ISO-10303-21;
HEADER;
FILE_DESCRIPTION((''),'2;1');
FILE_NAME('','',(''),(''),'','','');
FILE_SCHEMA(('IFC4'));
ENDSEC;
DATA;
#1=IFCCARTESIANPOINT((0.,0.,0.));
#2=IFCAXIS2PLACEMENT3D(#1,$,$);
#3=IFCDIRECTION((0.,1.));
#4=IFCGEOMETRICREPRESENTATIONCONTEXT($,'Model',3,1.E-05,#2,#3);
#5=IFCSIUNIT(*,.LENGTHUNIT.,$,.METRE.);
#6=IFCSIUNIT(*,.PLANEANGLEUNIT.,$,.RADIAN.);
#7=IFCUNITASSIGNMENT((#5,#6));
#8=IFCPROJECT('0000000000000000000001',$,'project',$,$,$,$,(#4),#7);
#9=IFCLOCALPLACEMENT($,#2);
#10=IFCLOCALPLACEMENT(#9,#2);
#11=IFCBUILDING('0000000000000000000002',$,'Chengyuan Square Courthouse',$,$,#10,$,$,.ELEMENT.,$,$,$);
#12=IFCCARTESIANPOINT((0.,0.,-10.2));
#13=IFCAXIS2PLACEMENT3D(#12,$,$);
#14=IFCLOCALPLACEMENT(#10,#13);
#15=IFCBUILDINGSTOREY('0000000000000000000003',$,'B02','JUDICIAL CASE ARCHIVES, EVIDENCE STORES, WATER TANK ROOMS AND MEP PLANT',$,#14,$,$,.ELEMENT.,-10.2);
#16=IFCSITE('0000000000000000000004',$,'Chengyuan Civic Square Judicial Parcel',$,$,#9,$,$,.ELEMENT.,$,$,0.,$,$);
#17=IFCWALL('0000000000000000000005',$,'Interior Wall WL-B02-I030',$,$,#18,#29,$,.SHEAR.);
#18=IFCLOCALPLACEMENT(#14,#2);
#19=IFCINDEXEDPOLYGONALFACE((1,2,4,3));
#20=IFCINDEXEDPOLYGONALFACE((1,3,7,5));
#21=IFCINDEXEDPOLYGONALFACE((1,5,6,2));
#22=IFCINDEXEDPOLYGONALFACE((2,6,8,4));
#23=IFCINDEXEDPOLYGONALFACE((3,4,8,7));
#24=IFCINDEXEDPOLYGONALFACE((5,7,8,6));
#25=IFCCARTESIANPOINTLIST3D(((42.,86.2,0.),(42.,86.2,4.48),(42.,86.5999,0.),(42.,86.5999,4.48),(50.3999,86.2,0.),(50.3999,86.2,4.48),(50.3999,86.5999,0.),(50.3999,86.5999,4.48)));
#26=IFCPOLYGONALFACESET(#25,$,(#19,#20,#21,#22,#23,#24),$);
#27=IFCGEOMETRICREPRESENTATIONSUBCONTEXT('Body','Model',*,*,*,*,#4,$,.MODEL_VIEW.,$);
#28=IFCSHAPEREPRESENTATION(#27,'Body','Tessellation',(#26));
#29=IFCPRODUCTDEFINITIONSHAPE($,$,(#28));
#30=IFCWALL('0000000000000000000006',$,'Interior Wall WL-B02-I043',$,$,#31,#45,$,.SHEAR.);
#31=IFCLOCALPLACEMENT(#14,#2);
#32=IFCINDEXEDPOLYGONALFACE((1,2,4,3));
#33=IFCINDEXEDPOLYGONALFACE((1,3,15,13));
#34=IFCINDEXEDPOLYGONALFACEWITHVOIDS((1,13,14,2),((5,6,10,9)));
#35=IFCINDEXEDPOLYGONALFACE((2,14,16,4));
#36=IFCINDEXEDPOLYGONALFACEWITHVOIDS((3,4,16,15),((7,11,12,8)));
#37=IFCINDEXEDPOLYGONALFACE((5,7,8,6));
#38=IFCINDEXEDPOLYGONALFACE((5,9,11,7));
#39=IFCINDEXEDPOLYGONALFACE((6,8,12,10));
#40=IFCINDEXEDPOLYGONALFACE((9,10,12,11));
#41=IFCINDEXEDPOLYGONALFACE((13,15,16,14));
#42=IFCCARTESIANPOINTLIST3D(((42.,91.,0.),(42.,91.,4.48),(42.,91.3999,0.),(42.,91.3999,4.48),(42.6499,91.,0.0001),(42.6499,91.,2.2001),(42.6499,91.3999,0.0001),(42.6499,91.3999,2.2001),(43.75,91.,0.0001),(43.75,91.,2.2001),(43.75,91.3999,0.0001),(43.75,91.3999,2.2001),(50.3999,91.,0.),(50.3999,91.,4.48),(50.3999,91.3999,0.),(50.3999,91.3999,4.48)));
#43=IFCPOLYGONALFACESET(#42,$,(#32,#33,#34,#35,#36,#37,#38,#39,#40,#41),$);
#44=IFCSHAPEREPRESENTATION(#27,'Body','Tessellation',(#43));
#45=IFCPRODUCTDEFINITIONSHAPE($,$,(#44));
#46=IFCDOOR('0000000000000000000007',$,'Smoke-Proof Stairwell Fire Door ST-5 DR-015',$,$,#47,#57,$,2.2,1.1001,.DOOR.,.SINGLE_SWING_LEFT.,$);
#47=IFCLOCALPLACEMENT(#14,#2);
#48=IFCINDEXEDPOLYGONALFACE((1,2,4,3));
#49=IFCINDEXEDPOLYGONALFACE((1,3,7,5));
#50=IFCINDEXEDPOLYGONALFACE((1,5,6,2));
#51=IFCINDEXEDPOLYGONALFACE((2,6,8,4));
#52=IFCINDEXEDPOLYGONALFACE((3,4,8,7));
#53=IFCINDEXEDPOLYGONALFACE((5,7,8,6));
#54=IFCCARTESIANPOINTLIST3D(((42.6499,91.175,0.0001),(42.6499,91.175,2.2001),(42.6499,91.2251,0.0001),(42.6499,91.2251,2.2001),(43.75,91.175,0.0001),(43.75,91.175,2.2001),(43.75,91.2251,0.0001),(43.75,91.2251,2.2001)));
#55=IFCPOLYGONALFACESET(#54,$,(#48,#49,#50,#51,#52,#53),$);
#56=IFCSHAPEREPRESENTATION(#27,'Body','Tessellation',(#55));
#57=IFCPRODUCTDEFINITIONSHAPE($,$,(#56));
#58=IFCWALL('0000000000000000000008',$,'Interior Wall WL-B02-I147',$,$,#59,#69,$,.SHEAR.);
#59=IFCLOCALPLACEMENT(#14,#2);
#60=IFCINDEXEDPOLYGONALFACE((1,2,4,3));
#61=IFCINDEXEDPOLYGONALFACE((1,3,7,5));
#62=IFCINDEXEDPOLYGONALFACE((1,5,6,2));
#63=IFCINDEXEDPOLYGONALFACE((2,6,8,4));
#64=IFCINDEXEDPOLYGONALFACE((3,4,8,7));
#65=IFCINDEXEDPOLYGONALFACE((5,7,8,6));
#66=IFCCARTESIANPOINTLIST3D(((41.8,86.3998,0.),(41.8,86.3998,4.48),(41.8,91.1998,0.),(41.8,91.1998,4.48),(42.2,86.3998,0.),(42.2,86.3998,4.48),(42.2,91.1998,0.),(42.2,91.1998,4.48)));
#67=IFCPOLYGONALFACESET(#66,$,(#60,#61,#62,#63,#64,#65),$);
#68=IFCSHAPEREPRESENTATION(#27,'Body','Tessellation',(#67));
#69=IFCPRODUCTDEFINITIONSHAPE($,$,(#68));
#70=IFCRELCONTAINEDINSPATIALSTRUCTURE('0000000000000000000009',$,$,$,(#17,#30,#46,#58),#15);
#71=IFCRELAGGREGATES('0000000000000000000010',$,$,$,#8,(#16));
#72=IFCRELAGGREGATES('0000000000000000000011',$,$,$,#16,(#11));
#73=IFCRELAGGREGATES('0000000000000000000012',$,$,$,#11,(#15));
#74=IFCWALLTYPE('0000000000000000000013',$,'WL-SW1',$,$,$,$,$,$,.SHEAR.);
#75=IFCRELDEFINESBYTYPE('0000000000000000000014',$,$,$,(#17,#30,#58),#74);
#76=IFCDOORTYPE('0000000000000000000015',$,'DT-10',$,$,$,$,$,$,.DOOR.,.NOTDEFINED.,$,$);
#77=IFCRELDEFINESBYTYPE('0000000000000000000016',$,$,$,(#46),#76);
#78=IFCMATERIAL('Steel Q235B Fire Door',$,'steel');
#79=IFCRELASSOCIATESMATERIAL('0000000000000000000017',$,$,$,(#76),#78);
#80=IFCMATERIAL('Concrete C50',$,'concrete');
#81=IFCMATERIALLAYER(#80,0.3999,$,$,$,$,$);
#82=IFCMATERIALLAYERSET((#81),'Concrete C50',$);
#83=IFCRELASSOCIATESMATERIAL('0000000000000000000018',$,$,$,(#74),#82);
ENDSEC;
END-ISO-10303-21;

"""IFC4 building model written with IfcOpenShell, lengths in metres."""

from ifc_helpers import new_model, si_unit, direction, frame, frame_2d, origin, place, context, subcontext, project, spatial, rectangle, extrude, material, layer, layer_set, type_object, element, fill, save


model = new_model("IFC4")

# Units and contexts
model_context = context("Model", 3, precision=1e-05, world=origin(), true_north=direction((0.0, 1.0)))
body_context = subcontext(model_context, "Body", "Model", "MODEL_VIEW")
ifc_project = project(units=[si_unit("LENGTHUNIT", "METRE"), si_unit("PLANEANGLEUNIT", "RADIAN")], contexts=[model_context])

# Site, building, storey
site_placement = place(None, origin())
site = spatial("IfcSite", under=ifc_project, at=site_placement, Name="Chengyuan Civic Square Judicial Parcel", CompositionType="ELEMENT", RefElevation=0.0)
building_placement = place(site_placement, origin())
building = spatial("IfcBuilding", under=site, at=building_placement, Name="Chengyuan Square Courthouse", CompositionType="ELEMENT")
storey_placement = place(building_placement, frame((0.0, 0.0, -10.2)))
storey = spatial("IfcBuildingStorey", under=building, at=storey_placement, Name="B02", Description="JUDICIAL CASE ARCHIVES, EVIDENCE STORES, WATER TANK ROOMS AND MEP PLANT", CompositionType="ELEMENT", Elevation=-10.2)

# Shared definitions
ifc_material_1 = material(Name="Concrete C50", Category="concrete")

# Shared definitions
ifc_material_2 = material(Name="Steel Q235B Fire Door", Category="steel")
door_type = type_object("IfcDoorType", Name="DT-10", OperationType="NOTDEFINED", PredefinedType="DOOR", material=ifc_material_2)

# Wall
ifc_layer_1 = layer(ifc_material_1, 0.3999)
ifc_layer_set_1 = layer_set([ifc_layer_1], Name="Concrete C50")
wall_type_1 = type_object("IfcWallType", Name="WL-SW1", PredefinedType="SHEAR", material=ifc_layer_set_1)
wall_1_placement = place(storey_placement, frame((42.0, 86.3999, 0.0), z_axis=(0.0, 0.0, 1.0), x_axis=(1.0, 0.0, 0.0)))
element("IfcWall", 1, at=wall_1_placement, inside=storey, type_object=wall_type_1, Name="Interior Wall WL-B02-I030", PredefinedType="SHEAR", context=body_context, shape_type="SweptSolid", body=[
    extrude(rectangle(XDim=8.3999, YDim=0.3999, at=frame_2d((4.2, 0.0))), origin(), (0.0, 0.0, 1.0), 4.48),
])

# Wall, opening, door
wall_2_placement = place(storey_placement, frame((42.0, 91.2, 0.0), z_axis=(0.0, 0.0, 1.0), x_axis=(1.0, 0.0, 0.0)))
wall_2 = element("IfcWall", 2, at=wall_2_placement, inside=storey, type_object=wall_type_1, Name="Interior Wall WL-B02-I043", PredefinedType="SHEAR", context=body_context, shape_type="SweptSolid", body=[
    extrude(rectangle(XDim=8.3999, YDim=0.3999, at=frame_2d((4.2, 0.0))), origin(), (0.0, 0.0, 1.0), 4.48),
])
opening_1_placement = place(wall_2_placement, frame((0.6499, 0.0, 0.0)))
opening_1 = element("IfcOpeningElement", 3, at=opening_1_placement, cuts=wall_2, PredefinedType="OPENING", context=body_context, shape_type="SweptSolid", body=[
    extrude(rectangle(XDim=1.1001, YDim=2.2, at=frame_2d((0.55, 1.1001))), frame((0.0, 0.2119, 0.0), z_axis=(0.0, -1.0, 0.0), x_axis=(1.0, 0.0, 0.0)), (0.0, 0.0, 1.0), 0.4238),
])
door_1_placement = place(opening_1_placement, frame((1.1001, 0.0, 0.0), z_axis=(0.0, 0.0, 1.0), x_axis=(-1.0, 0.0, 0.0)))
door_1 = element("IfcDoor", 4, at=door_1_placement, inside=storey, type_object=door_type, Name="Smoke-Proof Stairwell Fire Door ST-5 DR-015", OperationType="SINGLE_SWING_LEFT", OverallHeight=2.2, OverallWidth=1.1001, PredefinedType="DOOR", context=body_context, shape_type="SweptSolid", body=[
    extrude(rectangle(XDim=1.1001, YDim=2.2, at=frame_2d((0.55, 1.1001))), frame((0.0, 0.0249, 0.0), z_axis=(0.0, -1.0, 0.0), x_axis=(1.0, 0.0, 0.0)), (0.0, 0.0, 1.0), 0.05),
])
fill(opening_1, door_1)

# Wall
wall_3_placement = place(storey_placement, frame((42.0, 86.3999, 0.0), z_axis=(0.0, 0.0, 1.0), x_axis=(0.0, 1.0, 0.0)))
element("IfcWall", 5, at=wall_3_placement, inside=storey, type_object=wall_type_1, Name="Interior Wall WL-B02-I147", PredefinedType="SHEAR", context=body_context, shape_type="SweptSolid", body=[
    extrude(rectangle(XDim=4.8, YDim=0.3999, at=frame_2d((2.3999, 0.0))), origin(), (0.0, 0.0, 1.0), 4.48),
])

save(model, "model.ifc")
